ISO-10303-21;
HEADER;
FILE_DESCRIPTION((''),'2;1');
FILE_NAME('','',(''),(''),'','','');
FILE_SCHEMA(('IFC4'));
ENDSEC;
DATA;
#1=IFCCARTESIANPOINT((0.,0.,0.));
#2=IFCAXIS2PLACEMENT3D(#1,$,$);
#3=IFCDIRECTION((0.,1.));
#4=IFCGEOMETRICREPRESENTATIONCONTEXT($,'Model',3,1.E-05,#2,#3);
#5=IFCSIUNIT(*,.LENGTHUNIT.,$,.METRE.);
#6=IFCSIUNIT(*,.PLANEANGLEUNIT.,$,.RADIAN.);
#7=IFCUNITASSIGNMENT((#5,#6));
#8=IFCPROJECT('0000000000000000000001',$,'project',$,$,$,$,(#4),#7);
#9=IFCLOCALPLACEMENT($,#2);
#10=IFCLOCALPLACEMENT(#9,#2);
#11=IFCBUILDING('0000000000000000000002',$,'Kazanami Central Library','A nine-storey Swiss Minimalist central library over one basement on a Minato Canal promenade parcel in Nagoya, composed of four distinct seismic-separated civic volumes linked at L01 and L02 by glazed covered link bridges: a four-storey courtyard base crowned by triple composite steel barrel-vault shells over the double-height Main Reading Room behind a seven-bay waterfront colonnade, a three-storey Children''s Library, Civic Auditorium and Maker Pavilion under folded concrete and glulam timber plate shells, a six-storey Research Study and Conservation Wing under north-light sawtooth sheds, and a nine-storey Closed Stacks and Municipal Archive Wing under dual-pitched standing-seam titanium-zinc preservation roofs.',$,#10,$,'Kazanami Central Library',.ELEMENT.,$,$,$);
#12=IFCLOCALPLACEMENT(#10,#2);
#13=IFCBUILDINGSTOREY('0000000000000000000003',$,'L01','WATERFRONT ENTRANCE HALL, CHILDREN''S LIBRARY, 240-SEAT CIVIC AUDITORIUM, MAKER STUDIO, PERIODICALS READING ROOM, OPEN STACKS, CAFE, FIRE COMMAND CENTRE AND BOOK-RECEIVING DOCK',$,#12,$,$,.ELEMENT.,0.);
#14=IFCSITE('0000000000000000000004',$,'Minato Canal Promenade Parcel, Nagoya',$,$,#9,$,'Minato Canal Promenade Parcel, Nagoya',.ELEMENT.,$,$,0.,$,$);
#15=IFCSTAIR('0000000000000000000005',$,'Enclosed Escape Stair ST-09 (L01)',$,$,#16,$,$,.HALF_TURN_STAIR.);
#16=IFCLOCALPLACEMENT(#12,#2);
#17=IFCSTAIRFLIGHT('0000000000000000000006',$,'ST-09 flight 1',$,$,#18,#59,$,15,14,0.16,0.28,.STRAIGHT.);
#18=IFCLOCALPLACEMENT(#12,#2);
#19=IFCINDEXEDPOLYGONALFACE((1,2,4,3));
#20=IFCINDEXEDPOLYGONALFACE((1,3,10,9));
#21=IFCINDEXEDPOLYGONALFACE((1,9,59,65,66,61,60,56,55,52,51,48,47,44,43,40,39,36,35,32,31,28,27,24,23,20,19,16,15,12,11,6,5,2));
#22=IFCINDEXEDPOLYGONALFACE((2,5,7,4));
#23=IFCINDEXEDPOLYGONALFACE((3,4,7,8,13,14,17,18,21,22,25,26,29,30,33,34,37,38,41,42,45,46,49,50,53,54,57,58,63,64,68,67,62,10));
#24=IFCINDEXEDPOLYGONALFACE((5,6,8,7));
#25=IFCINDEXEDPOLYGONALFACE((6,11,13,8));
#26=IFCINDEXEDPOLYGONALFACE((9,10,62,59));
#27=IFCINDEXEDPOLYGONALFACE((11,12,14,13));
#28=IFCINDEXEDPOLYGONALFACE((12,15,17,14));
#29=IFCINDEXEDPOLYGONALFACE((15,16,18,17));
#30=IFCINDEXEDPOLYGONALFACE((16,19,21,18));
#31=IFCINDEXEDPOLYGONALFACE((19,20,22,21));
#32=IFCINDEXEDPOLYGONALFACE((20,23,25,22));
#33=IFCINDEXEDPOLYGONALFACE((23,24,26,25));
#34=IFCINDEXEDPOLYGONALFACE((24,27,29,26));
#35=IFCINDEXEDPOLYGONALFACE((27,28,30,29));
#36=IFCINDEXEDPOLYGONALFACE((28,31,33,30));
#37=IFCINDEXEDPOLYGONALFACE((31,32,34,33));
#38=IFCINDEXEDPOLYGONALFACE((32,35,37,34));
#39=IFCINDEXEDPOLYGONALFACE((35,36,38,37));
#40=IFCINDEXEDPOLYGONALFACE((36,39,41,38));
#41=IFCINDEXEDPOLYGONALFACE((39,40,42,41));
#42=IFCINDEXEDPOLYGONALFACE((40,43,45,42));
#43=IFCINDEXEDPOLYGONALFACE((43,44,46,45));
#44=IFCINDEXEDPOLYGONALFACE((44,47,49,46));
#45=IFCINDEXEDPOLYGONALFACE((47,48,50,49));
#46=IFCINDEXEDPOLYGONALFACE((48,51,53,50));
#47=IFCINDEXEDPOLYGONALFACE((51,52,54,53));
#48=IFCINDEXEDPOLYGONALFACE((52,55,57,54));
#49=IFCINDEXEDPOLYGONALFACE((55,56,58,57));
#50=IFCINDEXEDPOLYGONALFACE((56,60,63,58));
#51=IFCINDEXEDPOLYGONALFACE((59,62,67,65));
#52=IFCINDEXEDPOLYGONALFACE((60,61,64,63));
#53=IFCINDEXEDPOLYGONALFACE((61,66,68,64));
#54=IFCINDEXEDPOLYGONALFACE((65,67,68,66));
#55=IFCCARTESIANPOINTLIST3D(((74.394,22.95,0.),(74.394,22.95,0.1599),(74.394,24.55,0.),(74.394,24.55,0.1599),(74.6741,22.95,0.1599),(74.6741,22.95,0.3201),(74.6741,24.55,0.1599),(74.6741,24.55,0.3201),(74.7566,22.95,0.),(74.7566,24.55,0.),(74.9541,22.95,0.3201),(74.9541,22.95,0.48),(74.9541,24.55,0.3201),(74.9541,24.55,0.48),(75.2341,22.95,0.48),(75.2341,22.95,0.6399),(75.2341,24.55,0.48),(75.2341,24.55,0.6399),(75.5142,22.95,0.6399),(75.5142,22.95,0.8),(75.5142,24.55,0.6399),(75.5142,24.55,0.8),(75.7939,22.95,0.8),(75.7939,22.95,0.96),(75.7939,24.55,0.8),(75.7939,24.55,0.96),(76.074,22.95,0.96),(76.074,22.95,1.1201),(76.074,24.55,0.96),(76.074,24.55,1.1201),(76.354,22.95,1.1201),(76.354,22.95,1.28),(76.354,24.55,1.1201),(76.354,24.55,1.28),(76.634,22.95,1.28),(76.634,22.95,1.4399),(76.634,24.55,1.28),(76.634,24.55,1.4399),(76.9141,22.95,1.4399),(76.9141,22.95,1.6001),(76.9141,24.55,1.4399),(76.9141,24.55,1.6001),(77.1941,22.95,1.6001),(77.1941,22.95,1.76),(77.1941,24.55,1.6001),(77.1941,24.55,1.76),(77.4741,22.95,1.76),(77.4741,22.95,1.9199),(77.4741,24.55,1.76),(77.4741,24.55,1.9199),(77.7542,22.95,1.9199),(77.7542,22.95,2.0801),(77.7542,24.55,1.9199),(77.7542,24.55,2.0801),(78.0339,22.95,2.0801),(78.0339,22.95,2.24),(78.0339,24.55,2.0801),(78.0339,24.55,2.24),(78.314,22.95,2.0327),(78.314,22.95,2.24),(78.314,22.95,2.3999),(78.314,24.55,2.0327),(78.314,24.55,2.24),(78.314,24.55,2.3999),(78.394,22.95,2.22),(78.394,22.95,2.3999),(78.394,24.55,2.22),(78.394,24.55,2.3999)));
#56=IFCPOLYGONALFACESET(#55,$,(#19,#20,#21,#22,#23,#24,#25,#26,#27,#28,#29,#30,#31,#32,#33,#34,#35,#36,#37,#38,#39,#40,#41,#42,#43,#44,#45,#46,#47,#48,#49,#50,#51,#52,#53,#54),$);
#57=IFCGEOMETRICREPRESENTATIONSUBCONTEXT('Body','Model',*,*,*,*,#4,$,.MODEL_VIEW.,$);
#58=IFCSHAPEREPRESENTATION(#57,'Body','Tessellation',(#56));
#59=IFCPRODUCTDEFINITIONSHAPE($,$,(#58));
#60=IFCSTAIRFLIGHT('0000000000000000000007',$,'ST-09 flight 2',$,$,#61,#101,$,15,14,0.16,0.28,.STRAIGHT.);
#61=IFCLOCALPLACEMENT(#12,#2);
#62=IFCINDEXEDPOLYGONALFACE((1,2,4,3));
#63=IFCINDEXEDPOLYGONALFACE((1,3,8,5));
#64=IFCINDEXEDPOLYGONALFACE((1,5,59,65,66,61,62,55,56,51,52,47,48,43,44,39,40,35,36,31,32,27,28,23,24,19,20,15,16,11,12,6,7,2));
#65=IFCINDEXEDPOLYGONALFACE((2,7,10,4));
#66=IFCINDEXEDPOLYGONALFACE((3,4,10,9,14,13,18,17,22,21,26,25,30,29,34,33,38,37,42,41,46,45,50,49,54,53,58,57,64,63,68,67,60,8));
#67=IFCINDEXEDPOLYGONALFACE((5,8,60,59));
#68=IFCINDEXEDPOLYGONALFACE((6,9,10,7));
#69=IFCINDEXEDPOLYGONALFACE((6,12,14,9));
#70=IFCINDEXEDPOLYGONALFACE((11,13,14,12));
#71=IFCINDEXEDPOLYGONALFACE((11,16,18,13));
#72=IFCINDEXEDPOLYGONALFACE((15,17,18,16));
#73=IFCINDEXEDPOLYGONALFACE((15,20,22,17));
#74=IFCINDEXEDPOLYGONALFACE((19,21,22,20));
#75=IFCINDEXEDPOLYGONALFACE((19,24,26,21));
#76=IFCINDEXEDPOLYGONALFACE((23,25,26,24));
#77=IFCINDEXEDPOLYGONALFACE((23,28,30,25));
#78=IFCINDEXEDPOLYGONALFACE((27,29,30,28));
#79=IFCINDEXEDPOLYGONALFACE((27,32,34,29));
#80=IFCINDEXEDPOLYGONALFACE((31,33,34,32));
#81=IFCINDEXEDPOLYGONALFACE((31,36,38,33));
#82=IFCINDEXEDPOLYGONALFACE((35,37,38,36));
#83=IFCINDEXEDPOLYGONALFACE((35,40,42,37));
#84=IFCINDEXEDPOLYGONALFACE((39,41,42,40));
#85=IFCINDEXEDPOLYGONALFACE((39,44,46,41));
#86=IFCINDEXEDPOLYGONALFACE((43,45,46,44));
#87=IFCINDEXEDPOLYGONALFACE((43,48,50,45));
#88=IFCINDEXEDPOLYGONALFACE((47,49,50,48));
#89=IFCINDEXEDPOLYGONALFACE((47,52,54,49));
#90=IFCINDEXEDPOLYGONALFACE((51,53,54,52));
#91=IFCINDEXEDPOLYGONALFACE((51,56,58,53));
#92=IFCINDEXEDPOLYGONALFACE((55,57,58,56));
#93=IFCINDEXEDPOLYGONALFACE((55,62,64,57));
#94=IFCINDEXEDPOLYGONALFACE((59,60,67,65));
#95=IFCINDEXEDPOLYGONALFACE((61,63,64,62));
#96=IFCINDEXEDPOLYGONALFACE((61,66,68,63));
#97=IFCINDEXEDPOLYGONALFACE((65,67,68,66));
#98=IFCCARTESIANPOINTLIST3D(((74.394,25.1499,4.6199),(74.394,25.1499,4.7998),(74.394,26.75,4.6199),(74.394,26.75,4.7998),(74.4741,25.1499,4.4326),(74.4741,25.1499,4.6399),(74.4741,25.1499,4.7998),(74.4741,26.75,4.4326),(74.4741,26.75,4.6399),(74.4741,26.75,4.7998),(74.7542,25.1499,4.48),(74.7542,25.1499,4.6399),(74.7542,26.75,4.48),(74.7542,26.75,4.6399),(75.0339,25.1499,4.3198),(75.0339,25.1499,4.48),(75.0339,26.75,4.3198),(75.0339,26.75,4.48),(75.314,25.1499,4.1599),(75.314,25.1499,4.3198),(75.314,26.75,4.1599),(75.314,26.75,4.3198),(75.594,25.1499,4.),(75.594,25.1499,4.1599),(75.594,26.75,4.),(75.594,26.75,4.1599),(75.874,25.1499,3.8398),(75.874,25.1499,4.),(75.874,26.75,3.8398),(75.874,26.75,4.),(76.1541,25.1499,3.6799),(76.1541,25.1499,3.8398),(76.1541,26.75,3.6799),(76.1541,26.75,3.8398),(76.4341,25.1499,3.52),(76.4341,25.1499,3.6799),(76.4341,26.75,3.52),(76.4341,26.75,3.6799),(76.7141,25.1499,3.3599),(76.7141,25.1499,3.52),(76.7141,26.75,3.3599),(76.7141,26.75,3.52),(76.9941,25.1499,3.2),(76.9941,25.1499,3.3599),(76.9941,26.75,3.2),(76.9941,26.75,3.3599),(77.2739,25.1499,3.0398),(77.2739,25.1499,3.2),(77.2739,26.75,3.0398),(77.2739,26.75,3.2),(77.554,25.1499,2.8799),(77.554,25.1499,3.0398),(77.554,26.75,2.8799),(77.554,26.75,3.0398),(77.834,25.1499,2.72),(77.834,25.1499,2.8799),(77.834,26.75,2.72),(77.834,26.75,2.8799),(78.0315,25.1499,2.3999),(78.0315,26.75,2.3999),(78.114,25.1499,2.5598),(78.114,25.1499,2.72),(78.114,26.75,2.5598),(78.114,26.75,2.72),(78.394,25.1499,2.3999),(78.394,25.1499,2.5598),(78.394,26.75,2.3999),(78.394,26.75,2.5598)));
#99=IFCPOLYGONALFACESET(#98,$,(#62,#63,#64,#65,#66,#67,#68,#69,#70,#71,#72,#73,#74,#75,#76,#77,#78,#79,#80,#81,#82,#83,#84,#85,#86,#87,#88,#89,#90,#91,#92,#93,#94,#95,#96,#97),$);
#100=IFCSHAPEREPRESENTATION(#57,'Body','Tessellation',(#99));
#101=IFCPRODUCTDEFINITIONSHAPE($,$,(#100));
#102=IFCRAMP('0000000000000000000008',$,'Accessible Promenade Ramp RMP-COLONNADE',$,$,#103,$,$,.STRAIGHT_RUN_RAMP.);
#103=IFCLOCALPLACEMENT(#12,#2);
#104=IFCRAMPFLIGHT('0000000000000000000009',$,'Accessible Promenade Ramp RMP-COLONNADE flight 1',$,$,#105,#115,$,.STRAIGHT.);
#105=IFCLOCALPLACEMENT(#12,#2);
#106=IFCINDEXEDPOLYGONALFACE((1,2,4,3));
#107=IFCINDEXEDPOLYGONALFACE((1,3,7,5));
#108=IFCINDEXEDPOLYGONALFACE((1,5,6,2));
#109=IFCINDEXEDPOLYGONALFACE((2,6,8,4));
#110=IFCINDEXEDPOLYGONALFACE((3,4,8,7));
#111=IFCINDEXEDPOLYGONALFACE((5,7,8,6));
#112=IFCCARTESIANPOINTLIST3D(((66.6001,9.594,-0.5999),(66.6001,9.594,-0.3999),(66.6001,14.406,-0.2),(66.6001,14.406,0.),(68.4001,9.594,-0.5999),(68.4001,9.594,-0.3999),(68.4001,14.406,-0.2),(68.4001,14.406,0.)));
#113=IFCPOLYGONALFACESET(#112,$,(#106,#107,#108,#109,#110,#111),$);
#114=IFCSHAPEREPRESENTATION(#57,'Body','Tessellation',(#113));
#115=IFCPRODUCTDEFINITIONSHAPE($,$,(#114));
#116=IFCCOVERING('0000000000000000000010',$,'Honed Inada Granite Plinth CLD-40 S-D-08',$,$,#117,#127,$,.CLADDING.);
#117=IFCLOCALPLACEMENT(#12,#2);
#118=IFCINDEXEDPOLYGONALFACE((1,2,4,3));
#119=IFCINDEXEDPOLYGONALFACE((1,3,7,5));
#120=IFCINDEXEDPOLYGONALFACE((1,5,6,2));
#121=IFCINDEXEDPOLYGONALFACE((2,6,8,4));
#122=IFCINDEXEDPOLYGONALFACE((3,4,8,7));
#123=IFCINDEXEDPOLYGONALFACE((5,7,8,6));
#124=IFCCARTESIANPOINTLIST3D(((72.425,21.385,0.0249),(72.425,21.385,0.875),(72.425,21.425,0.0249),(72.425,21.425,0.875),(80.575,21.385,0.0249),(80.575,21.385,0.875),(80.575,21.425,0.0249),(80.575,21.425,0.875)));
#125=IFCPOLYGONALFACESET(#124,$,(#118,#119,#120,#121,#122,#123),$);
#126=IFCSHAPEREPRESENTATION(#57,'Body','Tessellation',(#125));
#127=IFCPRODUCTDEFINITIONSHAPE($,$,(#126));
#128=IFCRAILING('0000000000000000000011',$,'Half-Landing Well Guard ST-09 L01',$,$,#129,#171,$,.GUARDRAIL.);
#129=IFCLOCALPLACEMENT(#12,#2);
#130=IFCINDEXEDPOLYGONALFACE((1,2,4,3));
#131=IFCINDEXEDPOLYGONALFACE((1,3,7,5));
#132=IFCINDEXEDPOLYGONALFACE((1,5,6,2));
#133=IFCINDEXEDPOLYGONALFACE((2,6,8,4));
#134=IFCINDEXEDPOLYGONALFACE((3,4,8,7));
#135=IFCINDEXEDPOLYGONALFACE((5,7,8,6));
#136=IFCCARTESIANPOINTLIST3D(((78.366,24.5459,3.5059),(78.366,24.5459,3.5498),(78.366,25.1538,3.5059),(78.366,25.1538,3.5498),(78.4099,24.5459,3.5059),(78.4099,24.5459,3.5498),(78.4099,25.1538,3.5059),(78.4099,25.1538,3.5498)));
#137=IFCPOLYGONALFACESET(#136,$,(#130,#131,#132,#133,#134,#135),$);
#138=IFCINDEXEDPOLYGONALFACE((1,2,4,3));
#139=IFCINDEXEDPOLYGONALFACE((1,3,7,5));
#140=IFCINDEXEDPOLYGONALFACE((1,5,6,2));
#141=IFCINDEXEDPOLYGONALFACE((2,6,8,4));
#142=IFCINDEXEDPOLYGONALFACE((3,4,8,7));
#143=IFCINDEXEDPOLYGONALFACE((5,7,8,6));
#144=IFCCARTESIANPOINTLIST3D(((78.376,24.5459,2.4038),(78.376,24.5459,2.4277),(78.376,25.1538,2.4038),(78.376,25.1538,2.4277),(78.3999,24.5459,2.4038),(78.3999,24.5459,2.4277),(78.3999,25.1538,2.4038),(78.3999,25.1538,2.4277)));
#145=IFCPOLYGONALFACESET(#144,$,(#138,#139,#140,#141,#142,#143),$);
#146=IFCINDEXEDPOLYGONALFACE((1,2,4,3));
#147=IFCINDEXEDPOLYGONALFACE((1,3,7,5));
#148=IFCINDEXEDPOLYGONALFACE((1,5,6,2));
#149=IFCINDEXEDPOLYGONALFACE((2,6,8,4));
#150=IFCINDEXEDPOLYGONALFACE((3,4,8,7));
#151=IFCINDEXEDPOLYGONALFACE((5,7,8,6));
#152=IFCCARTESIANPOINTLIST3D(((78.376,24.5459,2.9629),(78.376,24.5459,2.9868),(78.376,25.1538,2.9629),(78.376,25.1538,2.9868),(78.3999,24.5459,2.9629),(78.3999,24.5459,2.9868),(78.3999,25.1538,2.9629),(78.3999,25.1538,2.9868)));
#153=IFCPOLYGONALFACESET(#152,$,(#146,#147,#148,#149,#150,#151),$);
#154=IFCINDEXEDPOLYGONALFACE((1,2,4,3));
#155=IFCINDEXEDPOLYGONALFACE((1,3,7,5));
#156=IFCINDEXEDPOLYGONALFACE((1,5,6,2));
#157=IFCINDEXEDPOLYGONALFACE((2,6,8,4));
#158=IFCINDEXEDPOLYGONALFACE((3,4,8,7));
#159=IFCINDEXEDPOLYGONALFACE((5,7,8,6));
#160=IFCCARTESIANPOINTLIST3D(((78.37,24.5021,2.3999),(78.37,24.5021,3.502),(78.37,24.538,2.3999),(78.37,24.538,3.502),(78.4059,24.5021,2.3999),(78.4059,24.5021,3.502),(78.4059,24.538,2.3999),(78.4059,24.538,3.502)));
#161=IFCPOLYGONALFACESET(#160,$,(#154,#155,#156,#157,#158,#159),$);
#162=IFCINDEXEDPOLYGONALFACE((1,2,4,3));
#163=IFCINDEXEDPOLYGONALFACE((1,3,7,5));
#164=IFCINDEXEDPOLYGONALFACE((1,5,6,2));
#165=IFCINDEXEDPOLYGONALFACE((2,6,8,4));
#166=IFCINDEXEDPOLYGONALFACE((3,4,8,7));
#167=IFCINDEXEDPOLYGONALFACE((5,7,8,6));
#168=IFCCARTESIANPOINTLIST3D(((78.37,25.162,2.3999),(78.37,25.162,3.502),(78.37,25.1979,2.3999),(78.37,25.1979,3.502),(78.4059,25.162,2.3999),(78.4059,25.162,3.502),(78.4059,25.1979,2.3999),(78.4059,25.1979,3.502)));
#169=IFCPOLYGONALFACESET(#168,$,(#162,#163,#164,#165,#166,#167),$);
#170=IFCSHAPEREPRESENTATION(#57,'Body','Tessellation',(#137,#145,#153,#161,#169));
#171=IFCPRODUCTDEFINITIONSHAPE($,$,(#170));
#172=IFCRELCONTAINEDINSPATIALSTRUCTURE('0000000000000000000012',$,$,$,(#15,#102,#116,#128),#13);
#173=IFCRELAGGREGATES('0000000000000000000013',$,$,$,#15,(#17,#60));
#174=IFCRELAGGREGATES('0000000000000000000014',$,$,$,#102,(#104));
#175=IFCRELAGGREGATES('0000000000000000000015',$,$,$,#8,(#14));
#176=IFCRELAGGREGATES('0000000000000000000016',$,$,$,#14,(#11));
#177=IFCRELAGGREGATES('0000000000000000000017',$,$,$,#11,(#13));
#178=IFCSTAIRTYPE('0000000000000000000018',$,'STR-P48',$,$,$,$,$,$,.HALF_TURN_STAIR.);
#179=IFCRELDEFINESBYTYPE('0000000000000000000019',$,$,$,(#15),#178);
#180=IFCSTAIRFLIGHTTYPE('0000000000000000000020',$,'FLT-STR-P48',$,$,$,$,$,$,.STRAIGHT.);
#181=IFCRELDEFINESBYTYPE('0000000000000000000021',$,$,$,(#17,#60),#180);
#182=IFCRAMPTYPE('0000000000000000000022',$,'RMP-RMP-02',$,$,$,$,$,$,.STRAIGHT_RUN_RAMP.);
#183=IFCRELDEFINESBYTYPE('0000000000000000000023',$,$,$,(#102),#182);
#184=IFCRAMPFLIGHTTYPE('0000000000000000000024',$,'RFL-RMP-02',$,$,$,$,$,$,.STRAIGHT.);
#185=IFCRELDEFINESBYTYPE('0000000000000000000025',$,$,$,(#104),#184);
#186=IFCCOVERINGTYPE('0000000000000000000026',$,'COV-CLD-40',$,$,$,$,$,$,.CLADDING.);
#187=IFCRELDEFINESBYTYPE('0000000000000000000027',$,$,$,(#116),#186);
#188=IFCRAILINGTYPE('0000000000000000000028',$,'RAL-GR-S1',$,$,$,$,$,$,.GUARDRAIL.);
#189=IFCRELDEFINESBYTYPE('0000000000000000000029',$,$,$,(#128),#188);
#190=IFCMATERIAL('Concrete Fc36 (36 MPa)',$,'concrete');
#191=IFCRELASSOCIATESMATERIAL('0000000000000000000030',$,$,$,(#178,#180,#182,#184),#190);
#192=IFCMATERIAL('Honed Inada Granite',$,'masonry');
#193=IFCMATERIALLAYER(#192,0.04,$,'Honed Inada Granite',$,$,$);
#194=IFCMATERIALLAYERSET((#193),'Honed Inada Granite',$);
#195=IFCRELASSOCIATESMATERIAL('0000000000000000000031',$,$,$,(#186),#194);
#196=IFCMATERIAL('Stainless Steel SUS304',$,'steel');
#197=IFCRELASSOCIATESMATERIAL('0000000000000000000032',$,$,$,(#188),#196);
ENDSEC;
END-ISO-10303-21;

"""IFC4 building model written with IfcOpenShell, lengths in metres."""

from ifc_helpers import new_model, si_unit, direction, frame, origin, origin_2d, place, context, subcontext, project, spatial, polyline, rectangle, outline, extrude, material, layer, layer_set, type_object, element, aggregate, save


model = new_model("IFC4")

# Units and contexts
model_context = context("Model", 3, precision=1e-05, world=origin(), true_north=direction((0.0, 1.0)))
body_context = subcontext(model_context, "Body", "Model", "MODEL_VIEW")
ifc_project = project(units=[si_unit("LENGTHUNIT", "METRE"), si_unit("PLANEANGLEUNIT", "RADIAN")], contexts=[model_context])

# Site, building, storey
site_placement = place(None, origin())
site = spatial("IfcSite", under=ifc_project, at=site_placement, Name="Minato Canal Promenade Parcel, Nagoya", LongName="Minato Canal Promenade Parcel, Nagoya", CompositionType="ELEMENT", RefElevation=0.0)
building_placement = place(site_placement, origin())
building = spatial("IfcBuilding", under=site, at=building_placement, Name="Kazanami Central Library", Description="A nine-storey Swiss Minimalist central library over one basement on a Minato Canal promenade parcel in Nagoya, composed of four distinct seismic-separated civic volumes linked at L01 and L02 by glazed covered link bridges: a four-storey courtyard base crowned by triple composite steel barrel-vault shells over the double-height Main Reading Room behind a seven-bay waterfront colonnade, a three-storey Children's Library, Civic Auditorium and Maker Pavilion under folded concrete and glulam timber plate shells, a six-storey Research Study and Conservation Wing under north-light sawtooth sheds, and a nine-storey Closed Stacks and Municipal Archive Wing under dual-pitched standing-seam titanium-zinc preservation roofs.", LongName="Kazanami Central Library", CompositionType="ELEMENT")
storey_placement = place(building_placement, origin())
storey = spatial("IfcBuildingStorey", under=building, at=storey_placement, Name="L01", Description="WATERFRONT ENTRANCE HALL, CHILDREN'S LIBRARY, 240-SEAT CIVIC AUDITORIUM, MAKER STUDIO, PERIODICALS READING ROOM, OPEN STACKS, CAFE, FIRE COMMAND CENTRE AND BOOK-RECEIVING DOCK", CompositionType="ELEMENT", Elevation=0.0)

# Shared definitions
ifc_material_1 = material(Name="Concrete Fc36 (36 MPa)", Category="concrete")
ifc_material_2 = material(Name="Honed Inada Granite", Category="masonry")

# Stair, stair flights
stair_type = type_object("IfcStairType", Name="STR-P48", PredefinedType="HALF_TURN_STAIR", material=ifc_material_1)
stair_placement = place(storey_placement, origin())
stair = element("IfcStair", 1, at=stair_placement, inside=storey, type_object=stair_type, Name="Enclosed Escape Stair ST-09 (L01)", PredefinedType="HALF_TURN_STAIR")
stair_flight_type = type_object("IfcStairFlightType", Name="FLT-STR-P48", PredefinedType="STRAIGHT", material=ifc_material_1)
stair_flight_1_placement = place(storey_placement, frame((74.394, 23.75, 0.0), z_axis=(0.0, 0.0, 1.0), x_axis=(1.0, 0.0, 0.0)))
stair_flight_1 = element("IfcStairFlight", 2, at=stair_flight_1_placement, type_object=stair_flight_type, Name="ST-09 flight 1", NumberOfRisers=15, NumberOfTreads=14, PredefinedType="STRAIGHT", RiserHeight=0.16, TreadLength=0.28, context=body_context, shape_type="SweptSolid", body=[
    extrude(outline(polyline([(0.0, 0.0), (0.0, 0.1599), (0.28, 0.1599), (0.28, 0.3201), (0.5601, 0.3201), (0.5601, 0.48), (0.8401, 0.48), (0.8401, 0.6399), (1.1201, 0.6399), (1.1201, 0.8), (1.3999, 0.8), (1.3999, 0.96), (1.6799, 0.96), (1.6799, 1.1201), (1.96, 1.1201), (1.96, 1.28), (2.24, 1.28), (2.24, 1.4399), (2.52, 1.4399), (2.52, 1.6001), (2.8, 1.6001), (2.8, 1.76), (3.0801, 1.76), (3.0801, 1.9199), (3.3601, 1.9199), (3.3601, 2.0801), (3.6399, 2.0801), (3.6399, 2.24), (3.9199, 2.24), (3.9199, 2.3999), (4.0, 2.3999), (4.0, 2.22), (3.9199, 2.0327), (0.3625, 0.0), (0.0, 0.0)])), frame((0.0, 0.8, 0.0), z_axis=(0.0, -1.0, 0.0), x_axis=(1.0, 0.0, 0.0)), (0.0, 0.0, 1.0), 1.6001),
])
stair_flight_2_placement = place(storey_placement, frame((78.394, 25.95, 2.3999), z_axis=(0.0, 0.0, 1.0), x_axis=(-1.0, 0.0, 0.0)))
stair_flight_2 = element("IfcStairFlight", 3, at=stair_flight_2_placement, type_object=stair_flight_type, Name="ST-09 flight 2", NumberOfRisers=15, NumberOfTreads=14, PredefinedType="STRAIGHT", RiserHeight=0.16, TreadLength=0.28, context=body_context, shape_type="SweptSolid", body=[
    extrude(outline(polyline([(0.0, 0.0), (0.0, 0.1599), (0.28, 0.1599), (0.28, 0.3201), (0.5601, 0.3201), (0.5601, 0.48), (0.8401, 0.48), (0.8401, 0.6399), (1.1201, 0.6399), (1.1201, 0.8), (1.3999, 0.8), (1.3999, 0.96), (1.6799, 0.96), (1.6799, 1.1201), (1.96, 1.1201), (1.96, 1.28), (2.24, 1.28), (2.24, 1.4399), (2.52, 1.4399), (2.52, 1.6001), (2.8, 1.6001), (2.8, 1.76), (3.0801, 1.76), (3.0801, 1.9199), (3.3601, 1.9199), (3.3601, 2.0801), (3.6399, 2.0801), (3.6399, 2.24), (3.9199, 2.24), (3.9199, 2.3999), (4.0, 2.3999), (4.0, 2.22), (3.9199, 2.0327), (0.3625, 0.0), (0.0, 0.0)])), frame((0.0, 0.8, 0.0), z_axis=(0.0, -1.0, 0.0), x_axis=(1.0, 0.0, 0.0)), (0.0, 0.0, 1.0), 1.6001),
])
aggregate(stair, [stair_flight_1, stair_flight_2])

# Ramp, ramp flight
ramp_type = type_object("IfcRampType", Name="RMP-RMP-02", PredefinedType="STRAIGHT_RUN_RAMP", material=ifc_material_1)
ramp_placement = place(storey_placement, origin())
ramp = element("IfcRamp", 4, at=ramp_placement, inside=storey, type_object=ramp_type, Name="Accessible Promenade Ramp RMP-COLONNADE", PredefinedType="STRAIGHT_RUN_RAMP")
ramp_flight_type = type_object("IfcRampFlightType", Name="RFL-RMP-02", PredefinedType="STRAIGHT", material=ifc_material_1)
ramp_flight_placement = place(storey_placement, frame((67.5, 9.594, -0.3999), z_axis=(0.0, 0.0, 1.0), x_axis=(0.0, 1.0, 0.0)))
ramp_flight = element("IfcRampFlight", 5, at=ramp_flight_placement, type_object=ramp_flight_type, Name="Accessible Promenade Ramp RMP-COLONNADE flight 1", PredefinedType="STRAIGHT", context=body_context, shape_type="SweptSolid", body=[
    extrude(outline(polyline([(0.0, 0.0), (4.812, 0.3999), (4.812, 0.2), (0.0, -0.2), (0.0, 0.0)])), frame((0.0, 0.8999, 0.0), z_axis=(0.0, -1.0, 0.0), x_axis=(1.0, 0.0, 0.0)), (0.0, 0.0, 1.0), 1.8),
])
aggregate(ramp, [ramp_flight])

# Covering
ifc_layer_1 = layer(ifc_material_2, 0.04, Name="Honed Inada Granite")
ifc_layer_set_1 = layer_set([ifc_layer_1], Name="Honed Inada Granite")
covering_type = type_object("IfcCoveringType", Name="COV-CLD-40", PredefinedType="CLADDING", material=ifc_layer_set_1)
covering_placement = place(storey_placement, frame((76.5, 21.405, 0.0249), z_axis=(0.0, 0.0, 1.0), x_axis=(1.0, 0.0, 0.0)))
element("IfcCovering", 6, at=covering_placement, inside=storey, type_object=covering_type, Name="Honed Inada Granite Plinth CLD-40 S-D-08", PredefinedType="CLADDING", context=body_context, shape_type="SweptSolid", body=[
    extrude(rectangle(XDim=8.1499, YDim=0.04, at=origin_2d()), origin(), (0.0, 0.0, 1.0), 0.8501),
])

# Railing
ifc_material_3 = material(Name="Stainless Steel SUS304", Category="steel")
railing_type_1 = type_object("IfcRailingType", Name="RAL-GR-S1", PredefinedType="GUARDRAIL", material=ifc_material_3)
railing_1_placement = place(storey_placement, frame((78.3879, 24.52, 2.3999)))
element("IfcRailing", 7, at=railing_1_placement, inside=storey, type_object=railing_type_1, Name="Half-Landing Well Guard ST-09 L01", PredefinedType="GUARDRAIL", context=body_context, shape_type="SweptSolid", body=[
    extrude(rectangle(XDim=0.0439, YDim=0.0439, at=origin_2d()), frame((0.0, 0.0259, 1.1279), z_axis=(0.0, 1.0, 0.0), x_axis=(-1.0, 0.0, 0.0)), (0.0, 0.0, 1.0), 0.6079),
    extrude(rectangle(XDim=0.0239, YDim=0.0239, at=origin_2d()), frame((0.0, 0.0259, 0.0159), z_axis=(0.0, 1.0, 0.0), x_axis=(-1.0, 0.0, 0.0)), (0.0, 0.0, 1.0), 0.6079),
    extrude(rectangle(XDim=0.0239, YDim=0.0239, at=origin_2d()), frame((0.0, 0.0259, 0.575), z_axis=(0.0, 1.0, 0.0), x_axis=(-1.0, 0.0, 0.0)), (0.0, 0.0, 1.0), 0.6079),
    extrude(rectangle(XDim=0.0359, YDim=0.0359, at=origin_2d()), origin(), (0.0, 0.0, 1.0), 1.1021),
    extrude(rectangle(XDim=0.0359, YDim=0.0359, at=origin_2d()), frame((0.0, 0.6599, 0.0)), (0.0, 0.0, 1.0), 1.1021),
])

save(model, "model.ifc")
